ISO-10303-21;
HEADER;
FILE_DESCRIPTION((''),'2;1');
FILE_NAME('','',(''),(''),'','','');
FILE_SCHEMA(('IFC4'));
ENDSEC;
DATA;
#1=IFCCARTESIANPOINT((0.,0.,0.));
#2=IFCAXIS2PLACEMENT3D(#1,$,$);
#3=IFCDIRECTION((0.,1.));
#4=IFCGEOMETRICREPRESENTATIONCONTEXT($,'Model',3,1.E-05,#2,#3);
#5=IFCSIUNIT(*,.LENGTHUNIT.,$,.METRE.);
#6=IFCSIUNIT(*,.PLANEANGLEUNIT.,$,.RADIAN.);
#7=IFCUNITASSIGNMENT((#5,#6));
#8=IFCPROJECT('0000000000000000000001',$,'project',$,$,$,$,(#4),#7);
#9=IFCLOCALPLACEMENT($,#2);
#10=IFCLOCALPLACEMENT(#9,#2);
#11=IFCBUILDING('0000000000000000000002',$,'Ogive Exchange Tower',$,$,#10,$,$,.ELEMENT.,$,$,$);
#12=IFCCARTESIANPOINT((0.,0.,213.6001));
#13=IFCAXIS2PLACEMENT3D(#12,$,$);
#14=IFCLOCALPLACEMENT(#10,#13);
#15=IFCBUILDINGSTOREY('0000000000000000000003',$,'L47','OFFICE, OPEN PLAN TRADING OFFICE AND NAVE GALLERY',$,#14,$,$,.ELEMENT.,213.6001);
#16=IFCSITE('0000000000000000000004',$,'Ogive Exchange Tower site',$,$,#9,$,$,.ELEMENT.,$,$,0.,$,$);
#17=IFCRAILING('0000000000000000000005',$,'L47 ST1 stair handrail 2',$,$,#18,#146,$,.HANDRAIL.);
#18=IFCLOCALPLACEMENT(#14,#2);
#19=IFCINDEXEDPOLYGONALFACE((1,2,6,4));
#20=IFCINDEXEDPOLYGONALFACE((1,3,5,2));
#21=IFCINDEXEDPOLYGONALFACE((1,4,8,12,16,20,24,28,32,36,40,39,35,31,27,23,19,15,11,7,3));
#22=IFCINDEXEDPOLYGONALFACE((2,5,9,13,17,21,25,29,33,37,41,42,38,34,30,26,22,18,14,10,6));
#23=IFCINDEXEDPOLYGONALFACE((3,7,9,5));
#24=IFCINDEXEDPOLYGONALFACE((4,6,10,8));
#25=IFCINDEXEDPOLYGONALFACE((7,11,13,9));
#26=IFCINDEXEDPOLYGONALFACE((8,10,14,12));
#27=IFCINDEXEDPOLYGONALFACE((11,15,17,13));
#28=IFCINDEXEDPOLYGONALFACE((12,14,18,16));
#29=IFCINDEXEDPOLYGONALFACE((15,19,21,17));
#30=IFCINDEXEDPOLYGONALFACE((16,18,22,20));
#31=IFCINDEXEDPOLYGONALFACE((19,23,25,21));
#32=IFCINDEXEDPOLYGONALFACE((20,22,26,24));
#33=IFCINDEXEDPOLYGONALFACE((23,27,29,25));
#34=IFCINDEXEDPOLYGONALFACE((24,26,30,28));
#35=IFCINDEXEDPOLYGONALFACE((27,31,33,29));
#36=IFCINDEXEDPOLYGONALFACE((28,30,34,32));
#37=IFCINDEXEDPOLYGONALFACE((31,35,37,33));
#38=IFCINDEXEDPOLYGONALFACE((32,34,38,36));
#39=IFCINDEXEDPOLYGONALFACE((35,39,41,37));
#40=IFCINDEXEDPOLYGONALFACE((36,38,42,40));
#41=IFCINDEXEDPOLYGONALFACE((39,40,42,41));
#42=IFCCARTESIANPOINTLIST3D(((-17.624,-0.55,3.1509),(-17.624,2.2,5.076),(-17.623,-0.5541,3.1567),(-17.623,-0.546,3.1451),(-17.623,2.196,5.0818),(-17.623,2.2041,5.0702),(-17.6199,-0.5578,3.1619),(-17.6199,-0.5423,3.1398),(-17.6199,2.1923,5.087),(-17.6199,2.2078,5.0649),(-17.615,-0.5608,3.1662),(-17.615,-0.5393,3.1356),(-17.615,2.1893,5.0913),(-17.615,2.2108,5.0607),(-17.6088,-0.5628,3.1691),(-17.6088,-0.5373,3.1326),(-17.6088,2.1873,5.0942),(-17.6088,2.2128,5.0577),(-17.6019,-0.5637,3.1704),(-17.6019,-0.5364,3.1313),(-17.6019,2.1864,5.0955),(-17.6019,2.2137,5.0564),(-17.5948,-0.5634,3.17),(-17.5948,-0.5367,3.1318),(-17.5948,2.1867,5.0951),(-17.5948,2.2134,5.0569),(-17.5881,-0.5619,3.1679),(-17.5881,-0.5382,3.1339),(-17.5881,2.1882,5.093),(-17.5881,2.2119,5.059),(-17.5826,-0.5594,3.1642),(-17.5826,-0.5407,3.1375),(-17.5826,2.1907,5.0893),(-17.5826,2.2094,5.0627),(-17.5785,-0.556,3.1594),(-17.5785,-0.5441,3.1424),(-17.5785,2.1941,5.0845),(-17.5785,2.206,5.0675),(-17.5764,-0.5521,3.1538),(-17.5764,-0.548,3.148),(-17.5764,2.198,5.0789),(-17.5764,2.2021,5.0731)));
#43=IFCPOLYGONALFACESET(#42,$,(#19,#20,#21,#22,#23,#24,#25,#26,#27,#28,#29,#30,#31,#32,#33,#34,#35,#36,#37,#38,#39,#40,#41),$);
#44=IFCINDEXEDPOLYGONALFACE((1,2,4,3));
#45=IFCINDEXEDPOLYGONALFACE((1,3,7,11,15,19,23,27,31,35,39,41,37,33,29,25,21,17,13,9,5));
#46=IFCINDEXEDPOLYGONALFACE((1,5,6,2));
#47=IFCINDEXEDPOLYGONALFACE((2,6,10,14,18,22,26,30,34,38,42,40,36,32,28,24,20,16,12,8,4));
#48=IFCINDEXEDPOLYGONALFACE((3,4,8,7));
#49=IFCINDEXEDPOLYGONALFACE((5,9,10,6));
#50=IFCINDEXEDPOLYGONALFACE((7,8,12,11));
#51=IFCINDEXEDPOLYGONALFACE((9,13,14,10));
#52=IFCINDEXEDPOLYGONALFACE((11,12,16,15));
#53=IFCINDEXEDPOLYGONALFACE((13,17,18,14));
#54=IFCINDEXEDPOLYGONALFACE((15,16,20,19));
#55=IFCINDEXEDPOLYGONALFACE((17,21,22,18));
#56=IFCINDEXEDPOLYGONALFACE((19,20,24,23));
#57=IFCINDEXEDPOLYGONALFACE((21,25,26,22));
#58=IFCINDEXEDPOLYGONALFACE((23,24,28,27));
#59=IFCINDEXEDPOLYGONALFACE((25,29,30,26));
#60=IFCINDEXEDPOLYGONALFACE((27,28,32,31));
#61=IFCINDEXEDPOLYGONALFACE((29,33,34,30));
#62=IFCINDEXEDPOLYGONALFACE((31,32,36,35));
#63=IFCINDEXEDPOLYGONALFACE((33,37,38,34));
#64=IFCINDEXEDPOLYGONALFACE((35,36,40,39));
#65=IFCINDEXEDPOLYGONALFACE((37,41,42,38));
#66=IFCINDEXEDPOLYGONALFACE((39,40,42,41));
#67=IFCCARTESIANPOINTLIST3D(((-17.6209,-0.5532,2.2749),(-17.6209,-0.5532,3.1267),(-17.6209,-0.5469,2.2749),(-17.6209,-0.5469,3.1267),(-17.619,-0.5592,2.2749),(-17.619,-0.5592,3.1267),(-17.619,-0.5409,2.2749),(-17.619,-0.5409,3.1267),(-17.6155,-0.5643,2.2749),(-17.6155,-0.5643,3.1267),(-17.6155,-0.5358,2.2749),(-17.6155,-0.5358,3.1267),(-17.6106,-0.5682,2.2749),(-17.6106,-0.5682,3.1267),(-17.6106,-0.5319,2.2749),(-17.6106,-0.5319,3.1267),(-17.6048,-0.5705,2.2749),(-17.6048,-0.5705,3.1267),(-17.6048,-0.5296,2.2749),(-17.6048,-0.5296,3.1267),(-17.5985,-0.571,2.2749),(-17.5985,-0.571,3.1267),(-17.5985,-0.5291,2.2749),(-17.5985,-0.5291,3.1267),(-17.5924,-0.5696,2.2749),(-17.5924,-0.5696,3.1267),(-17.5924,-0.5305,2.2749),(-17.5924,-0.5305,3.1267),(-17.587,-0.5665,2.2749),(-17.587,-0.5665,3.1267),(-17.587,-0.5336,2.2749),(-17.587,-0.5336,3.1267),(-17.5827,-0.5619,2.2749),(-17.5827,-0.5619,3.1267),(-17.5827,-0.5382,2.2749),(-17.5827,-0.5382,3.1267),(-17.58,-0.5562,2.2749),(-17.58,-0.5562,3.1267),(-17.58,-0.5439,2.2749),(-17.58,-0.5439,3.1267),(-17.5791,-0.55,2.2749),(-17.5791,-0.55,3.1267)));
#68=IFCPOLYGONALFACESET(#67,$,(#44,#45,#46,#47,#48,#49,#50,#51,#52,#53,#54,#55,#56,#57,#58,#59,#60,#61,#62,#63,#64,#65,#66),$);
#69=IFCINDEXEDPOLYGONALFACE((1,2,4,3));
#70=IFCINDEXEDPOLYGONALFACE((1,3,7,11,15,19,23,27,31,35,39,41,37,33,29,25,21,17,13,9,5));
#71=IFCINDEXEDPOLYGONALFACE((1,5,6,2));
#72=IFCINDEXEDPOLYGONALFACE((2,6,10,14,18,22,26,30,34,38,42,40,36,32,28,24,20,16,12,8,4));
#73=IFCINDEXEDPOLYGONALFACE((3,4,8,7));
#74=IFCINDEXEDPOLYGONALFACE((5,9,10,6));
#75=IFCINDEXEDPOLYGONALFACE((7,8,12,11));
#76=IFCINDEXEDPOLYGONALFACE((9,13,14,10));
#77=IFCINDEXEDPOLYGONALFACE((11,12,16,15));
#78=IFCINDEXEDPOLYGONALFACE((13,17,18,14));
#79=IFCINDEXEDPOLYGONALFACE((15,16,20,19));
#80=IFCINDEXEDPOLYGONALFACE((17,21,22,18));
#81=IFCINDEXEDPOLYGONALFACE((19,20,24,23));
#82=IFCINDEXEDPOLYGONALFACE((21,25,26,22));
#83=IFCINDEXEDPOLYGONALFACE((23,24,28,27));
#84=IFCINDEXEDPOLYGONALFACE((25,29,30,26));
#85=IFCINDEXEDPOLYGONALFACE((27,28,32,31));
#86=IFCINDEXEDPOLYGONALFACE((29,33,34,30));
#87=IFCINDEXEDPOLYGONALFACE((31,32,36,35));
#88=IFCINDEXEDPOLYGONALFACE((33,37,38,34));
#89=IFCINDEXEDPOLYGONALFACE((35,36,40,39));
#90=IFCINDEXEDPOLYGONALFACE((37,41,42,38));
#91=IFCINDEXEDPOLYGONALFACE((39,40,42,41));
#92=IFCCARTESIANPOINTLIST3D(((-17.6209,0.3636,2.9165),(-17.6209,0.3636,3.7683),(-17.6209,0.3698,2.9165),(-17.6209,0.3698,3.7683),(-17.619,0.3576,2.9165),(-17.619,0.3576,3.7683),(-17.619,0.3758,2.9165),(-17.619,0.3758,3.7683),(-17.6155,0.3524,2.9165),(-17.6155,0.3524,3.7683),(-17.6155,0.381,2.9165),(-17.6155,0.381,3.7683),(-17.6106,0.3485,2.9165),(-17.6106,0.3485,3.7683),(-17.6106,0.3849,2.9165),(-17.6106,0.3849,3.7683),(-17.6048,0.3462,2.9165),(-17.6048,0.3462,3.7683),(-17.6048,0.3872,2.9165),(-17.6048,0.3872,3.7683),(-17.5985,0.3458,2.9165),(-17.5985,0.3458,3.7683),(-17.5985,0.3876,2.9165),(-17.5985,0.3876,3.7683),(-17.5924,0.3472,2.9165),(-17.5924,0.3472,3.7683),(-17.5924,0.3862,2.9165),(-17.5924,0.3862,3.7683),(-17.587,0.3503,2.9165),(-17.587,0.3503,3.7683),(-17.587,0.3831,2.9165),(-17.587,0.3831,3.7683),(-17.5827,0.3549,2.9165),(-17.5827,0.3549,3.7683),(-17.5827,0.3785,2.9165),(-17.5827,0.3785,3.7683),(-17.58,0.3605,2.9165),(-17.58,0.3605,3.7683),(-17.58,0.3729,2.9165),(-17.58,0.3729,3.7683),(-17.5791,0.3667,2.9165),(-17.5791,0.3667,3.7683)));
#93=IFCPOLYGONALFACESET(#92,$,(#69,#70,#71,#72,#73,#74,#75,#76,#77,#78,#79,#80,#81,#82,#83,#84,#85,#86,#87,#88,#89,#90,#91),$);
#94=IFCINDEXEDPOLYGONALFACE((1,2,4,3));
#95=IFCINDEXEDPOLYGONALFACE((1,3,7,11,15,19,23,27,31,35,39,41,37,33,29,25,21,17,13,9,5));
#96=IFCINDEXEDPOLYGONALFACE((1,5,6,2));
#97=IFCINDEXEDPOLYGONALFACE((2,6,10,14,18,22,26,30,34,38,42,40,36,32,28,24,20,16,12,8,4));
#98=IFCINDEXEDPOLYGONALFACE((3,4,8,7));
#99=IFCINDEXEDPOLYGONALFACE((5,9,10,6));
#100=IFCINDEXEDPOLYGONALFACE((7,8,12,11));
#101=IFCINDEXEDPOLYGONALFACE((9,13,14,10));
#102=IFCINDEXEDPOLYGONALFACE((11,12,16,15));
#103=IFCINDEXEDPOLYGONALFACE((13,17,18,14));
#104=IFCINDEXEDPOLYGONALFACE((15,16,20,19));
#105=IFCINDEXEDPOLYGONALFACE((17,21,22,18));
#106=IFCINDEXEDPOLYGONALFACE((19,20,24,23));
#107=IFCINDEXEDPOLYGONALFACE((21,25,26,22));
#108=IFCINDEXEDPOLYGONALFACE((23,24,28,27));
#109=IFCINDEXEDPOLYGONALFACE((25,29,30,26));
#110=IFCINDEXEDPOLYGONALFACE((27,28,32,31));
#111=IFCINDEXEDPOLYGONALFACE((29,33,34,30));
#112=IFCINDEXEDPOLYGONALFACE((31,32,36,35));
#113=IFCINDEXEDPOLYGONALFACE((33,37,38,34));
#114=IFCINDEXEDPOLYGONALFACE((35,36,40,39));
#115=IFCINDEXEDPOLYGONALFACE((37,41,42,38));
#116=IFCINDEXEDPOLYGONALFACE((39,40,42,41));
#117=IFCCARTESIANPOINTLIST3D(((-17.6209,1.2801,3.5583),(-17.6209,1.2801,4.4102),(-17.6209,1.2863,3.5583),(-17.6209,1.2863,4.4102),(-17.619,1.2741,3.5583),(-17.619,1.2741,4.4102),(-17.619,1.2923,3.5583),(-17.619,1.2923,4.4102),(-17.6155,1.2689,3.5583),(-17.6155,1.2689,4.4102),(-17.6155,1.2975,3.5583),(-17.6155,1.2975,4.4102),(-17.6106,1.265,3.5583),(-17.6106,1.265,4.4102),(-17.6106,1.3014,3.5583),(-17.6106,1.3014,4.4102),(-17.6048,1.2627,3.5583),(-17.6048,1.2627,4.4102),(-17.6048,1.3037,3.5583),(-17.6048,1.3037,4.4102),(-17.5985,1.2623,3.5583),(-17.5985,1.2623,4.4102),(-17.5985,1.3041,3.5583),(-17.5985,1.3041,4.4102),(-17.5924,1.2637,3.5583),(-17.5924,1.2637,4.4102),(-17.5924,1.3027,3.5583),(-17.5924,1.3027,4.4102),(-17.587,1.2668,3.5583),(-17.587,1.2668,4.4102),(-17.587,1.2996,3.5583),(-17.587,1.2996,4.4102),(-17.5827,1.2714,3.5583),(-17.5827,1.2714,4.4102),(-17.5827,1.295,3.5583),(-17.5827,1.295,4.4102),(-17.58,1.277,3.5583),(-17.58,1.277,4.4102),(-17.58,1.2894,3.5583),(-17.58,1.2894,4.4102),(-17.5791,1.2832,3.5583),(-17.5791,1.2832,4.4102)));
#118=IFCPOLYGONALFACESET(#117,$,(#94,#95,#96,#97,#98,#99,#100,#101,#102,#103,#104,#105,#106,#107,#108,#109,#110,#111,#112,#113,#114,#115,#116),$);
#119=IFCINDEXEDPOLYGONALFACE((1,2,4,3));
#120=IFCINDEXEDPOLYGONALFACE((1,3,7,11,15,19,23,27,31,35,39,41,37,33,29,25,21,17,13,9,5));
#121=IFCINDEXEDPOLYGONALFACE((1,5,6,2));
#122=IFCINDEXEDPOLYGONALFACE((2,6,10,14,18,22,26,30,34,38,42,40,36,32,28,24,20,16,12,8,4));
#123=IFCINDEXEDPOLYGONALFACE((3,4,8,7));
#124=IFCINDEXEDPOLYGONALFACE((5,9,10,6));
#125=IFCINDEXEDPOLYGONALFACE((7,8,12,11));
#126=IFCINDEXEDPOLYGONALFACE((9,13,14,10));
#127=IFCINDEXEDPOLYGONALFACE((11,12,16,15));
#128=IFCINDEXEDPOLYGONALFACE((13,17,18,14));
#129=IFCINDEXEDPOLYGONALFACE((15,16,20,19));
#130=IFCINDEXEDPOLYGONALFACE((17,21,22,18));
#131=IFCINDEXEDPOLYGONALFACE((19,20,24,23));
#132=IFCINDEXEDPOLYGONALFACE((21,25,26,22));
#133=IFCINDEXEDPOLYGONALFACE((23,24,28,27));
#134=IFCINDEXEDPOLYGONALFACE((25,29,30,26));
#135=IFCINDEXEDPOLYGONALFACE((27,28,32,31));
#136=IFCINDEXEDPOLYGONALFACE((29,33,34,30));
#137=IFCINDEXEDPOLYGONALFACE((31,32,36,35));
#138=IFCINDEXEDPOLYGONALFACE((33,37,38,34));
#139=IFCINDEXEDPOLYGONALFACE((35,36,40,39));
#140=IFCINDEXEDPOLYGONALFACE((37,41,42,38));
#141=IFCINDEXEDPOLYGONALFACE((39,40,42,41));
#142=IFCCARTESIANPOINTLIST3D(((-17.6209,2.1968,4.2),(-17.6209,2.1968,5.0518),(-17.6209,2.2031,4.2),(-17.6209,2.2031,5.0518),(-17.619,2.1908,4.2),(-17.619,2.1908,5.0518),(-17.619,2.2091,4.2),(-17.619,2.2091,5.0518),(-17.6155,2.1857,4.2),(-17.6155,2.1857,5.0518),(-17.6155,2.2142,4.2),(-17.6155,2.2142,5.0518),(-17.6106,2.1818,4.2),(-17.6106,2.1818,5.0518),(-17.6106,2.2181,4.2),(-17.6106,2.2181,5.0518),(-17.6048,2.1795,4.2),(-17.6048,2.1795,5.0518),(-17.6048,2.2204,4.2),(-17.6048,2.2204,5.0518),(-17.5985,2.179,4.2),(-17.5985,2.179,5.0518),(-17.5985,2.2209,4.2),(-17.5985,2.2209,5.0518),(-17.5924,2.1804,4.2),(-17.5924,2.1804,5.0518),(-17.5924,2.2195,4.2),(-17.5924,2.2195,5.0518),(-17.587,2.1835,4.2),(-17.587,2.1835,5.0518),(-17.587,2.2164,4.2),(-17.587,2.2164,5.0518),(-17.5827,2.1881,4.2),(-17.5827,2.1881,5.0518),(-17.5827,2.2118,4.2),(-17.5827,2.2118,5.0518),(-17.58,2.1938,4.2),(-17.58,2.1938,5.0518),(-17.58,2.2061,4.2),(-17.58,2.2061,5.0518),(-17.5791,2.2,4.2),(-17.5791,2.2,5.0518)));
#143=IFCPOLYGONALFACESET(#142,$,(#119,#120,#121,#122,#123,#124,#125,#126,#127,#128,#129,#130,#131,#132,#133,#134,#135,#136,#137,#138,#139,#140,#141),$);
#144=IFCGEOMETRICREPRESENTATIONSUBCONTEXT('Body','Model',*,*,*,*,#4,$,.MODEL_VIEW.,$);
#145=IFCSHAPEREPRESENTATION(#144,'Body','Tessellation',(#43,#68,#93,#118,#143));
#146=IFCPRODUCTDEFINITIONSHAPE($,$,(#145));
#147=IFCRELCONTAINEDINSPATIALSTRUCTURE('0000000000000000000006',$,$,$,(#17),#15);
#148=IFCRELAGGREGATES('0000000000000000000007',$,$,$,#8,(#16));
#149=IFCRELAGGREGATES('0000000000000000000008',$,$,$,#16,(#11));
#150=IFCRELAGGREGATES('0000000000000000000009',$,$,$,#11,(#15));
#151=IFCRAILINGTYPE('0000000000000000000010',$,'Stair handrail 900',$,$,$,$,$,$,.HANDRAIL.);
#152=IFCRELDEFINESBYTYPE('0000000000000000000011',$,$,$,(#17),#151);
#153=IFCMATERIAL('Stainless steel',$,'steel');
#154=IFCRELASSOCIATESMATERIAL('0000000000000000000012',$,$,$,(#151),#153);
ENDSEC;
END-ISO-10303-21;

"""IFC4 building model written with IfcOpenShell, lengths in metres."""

from ifc_helpers import new_model, si_unit, direction, frame, origin, origin_2d, place, context, subcontext, project, spatial, circle, extrude, material, type_object, element, save


model = new_model("IFC4")

# Units and contexts
model_context = context("Model", 3, precision=1e-05, world=origin(), true_north=direction((0.0, 1.0)))
body_context = subcontext(model_context, "Body", "Model", "MODEL_VIEW")
ifc_project = project(units=[si_unit("LENGTHUNIT", "METRE"), si_unit("PLANEANGLEUNIT", "RADIAN")], contexts=[model_context])

# Site, building, storey
site_placement = place(None, origin())
site = spatial("IfcSite", under=ifc_project, at=site_placement, Name="Ogive Exchange Tower site", CompositionType="ELEMENT", RefElevation=0.0)
building_placement = place(site_placement, origin())
building = spatial("IfcBuilding", under=site, at=building_placement, Name="Ogive Exchange Tower", CompositionType="ELEMENT")
storey_placement = place(building_placement, frame((0.0, 0.0, 213.6001)))
storey = spatial("IfcBuildingStorey", under=building, at=storey_placement, Name="L47", Description="OFFICE, OPEN PLAN TRADING OFFICE AND NAVE GALLERY", CompositionType="ELEMENT", Elevation=213.6001)

# Shared definitions
ifc_material_1 = material(Name="Stainless steel", Category="steel")

# Railing
railing_type = type_object("IfcRailingType", Name="Stair handrail 900", PredefinedType="HANDRAIL", material=ifc_material_1)
railing_1_placement = place(storey_placement, frame((-17.6001, -0.55, 2.2749)))
element("IfcRailing", 1, at=railing_1_placement, inside=storey, type_object=railing_type, Name="L47 ST1 stair handrail 2", PredefinedType="HANDRAIL", context=body_context, shape_type="SweptSolid", body=[
    extrude(circle(Radius=0.0239, at=origin_2d()), frame((0.0, 0.0, 0.876), z_axis=(0.0, 0.819225, 0.573472), x_axis=(-1.0, 0.0, 0.0)), (0.0, 0.0, 1.0), 3.3569),
    extrude(circle(Radius=0.021, at=origin_2d()), origin(), (0.0, 0.0, 1.0), 0.8518),
    extrude(circle(Radius=0.021, at=origin_2d()), frame((0.0, 0.9167, 0.6416)), (0.0, 0.0, 1.0), 0.8518),
    extrude(circle(Radius=0.021, at=origin_2d()), frame((0.0, 1.8333, 1.2834)), (0.0, 0.0, 1.0), 0.8518),
    extrude(circle(Radius=0.021, at=origin_2d()), frame((0.0, 2.75, 1.925)), (0.0, 0.0, 1.0), 0.8518),
])

save(model, "model.ifc")
